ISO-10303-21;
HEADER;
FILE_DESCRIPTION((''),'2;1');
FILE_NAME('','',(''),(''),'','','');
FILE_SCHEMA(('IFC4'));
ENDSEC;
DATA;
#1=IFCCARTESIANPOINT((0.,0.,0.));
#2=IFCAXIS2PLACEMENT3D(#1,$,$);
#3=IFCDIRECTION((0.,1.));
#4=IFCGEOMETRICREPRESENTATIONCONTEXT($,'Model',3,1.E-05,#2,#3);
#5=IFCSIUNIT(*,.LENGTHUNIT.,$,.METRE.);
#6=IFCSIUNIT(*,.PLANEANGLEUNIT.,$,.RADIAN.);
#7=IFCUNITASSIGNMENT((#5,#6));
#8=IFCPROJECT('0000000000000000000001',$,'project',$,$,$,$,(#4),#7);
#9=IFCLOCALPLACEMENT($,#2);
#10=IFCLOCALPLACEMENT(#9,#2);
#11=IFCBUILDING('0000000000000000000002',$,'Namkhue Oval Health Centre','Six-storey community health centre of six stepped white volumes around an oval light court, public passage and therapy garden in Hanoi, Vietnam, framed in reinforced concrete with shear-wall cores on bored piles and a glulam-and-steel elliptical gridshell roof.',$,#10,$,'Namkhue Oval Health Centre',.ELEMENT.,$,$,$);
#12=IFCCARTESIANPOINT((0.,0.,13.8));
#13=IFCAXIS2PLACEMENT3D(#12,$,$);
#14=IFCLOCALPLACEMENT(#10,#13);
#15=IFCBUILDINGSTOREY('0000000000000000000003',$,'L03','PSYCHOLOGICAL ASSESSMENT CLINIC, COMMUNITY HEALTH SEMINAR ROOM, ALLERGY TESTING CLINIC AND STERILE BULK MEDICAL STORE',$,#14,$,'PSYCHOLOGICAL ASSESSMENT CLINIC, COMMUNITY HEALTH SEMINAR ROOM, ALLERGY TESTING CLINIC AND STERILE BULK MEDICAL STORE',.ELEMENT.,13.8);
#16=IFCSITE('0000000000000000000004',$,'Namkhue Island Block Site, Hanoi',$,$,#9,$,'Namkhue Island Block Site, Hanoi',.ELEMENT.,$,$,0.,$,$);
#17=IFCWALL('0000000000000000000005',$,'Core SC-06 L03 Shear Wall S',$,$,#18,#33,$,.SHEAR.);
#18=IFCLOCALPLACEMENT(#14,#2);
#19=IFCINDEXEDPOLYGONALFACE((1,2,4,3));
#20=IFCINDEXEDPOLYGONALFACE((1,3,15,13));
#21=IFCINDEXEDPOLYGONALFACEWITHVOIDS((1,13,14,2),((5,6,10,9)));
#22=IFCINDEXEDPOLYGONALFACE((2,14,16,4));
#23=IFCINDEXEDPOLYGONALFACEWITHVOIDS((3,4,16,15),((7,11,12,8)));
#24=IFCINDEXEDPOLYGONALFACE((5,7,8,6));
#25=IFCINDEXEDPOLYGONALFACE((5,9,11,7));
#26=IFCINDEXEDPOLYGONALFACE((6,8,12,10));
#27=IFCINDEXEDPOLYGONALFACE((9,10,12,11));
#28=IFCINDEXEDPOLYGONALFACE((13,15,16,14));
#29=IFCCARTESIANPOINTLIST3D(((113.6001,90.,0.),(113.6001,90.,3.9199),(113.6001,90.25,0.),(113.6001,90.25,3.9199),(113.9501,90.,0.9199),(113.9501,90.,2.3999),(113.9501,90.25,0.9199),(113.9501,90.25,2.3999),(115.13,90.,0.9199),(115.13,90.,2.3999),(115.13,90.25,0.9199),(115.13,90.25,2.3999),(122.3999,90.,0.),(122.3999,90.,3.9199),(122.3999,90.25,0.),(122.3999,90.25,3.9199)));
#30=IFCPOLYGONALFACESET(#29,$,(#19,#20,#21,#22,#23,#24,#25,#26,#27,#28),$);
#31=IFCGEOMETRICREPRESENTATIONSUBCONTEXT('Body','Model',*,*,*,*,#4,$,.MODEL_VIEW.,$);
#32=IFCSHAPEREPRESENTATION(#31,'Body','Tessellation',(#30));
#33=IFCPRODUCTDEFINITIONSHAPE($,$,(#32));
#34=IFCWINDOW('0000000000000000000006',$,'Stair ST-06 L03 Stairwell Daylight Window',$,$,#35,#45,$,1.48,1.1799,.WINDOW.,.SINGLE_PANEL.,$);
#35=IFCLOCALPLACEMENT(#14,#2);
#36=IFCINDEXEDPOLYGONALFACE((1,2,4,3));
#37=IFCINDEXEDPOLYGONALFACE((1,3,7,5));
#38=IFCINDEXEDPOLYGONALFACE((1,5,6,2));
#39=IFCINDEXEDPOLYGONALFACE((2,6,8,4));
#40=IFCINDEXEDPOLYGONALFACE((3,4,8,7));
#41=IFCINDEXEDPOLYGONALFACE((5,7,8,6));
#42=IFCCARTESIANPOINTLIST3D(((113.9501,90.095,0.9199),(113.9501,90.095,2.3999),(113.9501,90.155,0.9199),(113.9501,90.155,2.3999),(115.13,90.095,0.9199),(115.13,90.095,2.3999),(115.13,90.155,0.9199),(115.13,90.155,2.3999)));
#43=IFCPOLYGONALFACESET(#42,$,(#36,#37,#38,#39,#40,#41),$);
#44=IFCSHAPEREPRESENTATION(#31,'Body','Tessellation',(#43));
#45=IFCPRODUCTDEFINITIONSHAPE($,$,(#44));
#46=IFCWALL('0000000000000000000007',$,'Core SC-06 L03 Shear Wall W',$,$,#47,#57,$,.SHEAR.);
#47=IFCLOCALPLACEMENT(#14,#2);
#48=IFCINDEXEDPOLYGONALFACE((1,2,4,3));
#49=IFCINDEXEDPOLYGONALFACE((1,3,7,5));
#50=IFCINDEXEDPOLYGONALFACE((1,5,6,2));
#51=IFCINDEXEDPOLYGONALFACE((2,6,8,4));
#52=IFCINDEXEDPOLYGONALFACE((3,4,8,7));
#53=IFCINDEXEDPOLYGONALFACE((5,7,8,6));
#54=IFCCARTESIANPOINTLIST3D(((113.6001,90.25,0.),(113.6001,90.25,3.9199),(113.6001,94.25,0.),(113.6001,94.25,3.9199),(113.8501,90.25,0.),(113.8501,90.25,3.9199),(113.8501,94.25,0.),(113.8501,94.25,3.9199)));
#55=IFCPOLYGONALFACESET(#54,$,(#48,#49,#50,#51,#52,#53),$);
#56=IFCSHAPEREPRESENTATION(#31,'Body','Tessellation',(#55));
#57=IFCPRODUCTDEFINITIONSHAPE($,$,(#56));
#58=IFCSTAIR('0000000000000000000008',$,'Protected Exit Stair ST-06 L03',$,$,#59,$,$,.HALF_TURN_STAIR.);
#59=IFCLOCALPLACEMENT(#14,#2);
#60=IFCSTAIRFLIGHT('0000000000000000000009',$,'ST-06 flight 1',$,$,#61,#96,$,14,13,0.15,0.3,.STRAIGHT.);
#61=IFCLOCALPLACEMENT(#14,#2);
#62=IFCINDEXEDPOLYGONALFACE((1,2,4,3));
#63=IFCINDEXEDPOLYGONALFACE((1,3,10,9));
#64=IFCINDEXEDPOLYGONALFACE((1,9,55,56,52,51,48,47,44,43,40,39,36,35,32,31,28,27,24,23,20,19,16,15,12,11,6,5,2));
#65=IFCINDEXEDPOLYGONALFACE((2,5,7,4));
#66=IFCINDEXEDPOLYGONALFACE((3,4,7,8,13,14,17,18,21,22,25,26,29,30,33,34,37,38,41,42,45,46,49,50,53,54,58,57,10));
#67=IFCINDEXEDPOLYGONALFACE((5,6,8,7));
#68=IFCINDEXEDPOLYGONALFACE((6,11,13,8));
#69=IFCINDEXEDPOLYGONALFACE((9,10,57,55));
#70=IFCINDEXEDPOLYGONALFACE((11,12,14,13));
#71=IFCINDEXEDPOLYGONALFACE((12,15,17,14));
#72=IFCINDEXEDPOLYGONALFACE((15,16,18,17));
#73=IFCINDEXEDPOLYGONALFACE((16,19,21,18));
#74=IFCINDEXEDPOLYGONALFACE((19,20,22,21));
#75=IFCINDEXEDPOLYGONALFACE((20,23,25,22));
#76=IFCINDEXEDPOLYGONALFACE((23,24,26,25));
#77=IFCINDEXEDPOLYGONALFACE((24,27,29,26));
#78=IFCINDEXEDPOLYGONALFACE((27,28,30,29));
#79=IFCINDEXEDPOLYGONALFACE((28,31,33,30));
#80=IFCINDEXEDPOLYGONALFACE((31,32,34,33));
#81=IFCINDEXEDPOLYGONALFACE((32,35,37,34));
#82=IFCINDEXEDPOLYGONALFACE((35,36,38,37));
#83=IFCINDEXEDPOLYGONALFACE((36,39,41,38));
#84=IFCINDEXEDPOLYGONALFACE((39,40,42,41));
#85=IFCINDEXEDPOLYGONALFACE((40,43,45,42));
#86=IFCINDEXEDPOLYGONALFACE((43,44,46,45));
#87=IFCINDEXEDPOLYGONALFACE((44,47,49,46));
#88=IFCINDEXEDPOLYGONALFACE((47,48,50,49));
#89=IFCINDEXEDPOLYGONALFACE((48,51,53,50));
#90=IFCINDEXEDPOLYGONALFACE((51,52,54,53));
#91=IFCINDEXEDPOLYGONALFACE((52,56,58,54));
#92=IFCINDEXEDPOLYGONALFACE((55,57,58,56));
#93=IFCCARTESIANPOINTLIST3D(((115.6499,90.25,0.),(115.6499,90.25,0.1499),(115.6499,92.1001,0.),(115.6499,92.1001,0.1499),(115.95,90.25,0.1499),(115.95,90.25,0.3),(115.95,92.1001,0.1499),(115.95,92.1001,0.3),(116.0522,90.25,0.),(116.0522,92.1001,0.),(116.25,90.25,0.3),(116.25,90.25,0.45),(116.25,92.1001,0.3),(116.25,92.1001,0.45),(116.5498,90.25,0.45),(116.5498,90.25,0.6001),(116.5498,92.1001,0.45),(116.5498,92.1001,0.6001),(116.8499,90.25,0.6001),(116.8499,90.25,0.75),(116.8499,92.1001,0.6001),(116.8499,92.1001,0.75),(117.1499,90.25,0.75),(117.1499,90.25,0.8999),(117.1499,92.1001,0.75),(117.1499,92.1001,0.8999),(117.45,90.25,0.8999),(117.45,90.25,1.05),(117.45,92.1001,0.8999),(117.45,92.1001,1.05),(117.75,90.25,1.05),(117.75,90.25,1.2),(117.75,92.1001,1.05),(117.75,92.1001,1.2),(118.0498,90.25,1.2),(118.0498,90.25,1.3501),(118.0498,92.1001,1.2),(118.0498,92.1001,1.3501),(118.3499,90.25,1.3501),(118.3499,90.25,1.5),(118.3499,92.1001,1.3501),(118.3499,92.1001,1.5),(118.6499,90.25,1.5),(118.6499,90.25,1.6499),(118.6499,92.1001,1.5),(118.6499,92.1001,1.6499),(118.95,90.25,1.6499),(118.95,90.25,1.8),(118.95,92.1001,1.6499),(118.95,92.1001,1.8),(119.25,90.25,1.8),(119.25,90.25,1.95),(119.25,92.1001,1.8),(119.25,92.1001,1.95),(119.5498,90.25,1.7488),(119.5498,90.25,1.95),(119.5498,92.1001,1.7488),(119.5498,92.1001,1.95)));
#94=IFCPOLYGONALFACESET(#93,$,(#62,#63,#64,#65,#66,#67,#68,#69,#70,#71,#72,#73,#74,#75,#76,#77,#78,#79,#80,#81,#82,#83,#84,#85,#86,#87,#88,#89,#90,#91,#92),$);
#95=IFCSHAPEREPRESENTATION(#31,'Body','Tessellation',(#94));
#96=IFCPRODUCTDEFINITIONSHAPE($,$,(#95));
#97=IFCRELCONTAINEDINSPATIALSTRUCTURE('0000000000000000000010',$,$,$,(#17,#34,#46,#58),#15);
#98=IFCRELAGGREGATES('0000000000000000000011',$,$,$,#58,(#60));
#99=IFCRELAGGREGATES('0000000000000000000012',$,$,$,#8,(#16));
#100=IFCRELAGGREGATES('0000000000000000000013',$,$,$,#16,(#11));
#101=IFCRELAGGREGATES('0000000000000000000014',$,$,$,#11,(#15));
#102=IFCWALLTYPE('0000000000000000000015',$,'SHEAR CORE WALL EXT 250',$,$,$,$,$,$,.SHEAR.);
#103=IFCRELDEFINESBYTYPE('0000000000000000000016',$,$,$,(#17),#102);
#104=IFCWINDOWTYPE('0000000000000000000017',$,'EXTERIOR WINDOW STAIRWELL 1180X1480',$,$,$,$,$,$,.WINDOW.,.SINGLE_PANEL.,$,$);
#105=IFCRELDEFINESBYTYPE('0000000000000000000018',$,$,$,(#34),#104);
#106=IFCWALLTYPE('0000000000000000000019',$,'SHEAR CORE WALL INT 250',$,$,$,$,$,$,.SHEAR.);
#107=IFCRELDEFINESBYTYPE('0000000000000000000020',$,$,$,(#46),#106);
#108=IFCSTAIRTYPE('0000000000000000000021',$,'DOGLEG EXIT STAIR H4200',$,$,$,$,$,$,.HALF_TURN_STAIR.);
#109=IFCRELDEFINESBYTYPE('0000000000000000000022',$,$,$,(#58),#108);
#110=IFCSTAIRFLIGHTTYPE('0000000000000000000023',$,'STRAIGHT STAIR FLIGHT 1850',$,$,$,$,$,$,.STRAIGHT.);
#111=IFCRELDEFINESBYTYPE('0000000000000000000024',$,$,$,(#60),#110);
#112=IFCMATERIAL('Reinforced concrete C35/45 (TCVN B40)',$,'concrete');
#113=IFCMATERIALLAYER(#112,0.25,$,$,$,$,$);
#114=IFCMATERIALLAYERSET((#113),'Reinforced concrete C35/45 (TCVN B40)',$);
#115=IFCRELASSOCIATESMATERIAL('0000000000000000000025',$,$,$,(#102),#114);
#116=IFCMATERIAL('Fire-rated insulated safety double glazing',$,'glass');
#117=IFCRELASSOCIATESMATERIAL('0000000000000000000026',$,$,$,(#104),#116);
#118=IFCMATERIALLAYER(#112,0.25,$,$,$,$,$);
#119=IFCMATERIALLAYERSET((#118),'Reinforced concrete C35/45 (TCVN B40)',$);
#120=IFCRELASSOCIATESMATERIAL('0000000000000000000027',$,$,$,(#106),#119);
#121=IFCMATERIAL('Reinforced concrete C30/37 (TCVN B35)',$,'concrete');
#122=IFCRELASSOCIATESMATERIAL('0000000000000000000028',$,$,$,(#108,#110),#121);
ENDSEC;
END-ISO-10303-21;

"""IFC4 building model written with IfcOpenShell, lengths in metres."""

from ifc_helpers import new_model, si_unit, direction, frame, frame_2d, origin, place, context, subcontext, project, spatial, polyline, rectangle, outline, extrude, material, layer, layer_set, type_object, element, fill, aggregate, save


model = new_model("IFC4")

# Units and contexts
model_context = context("Model", 3, precision=1e-05, world=origin(), true_north=direction((0.0, 1.0)))
body_context = subcontext(model_context, "Body", "Model", "MODEL_VIEW")
ifc_project = project(units=[si_unit("LENGTHUNIT", "METRE"), si_unit("PLANEANGLEUNIT", "RADIAN")], contexts=[model_context])

# Site, building, storey
site_placement = place(None, origin())
site = spatial("IfcSite", under=ifc_project, at=site_placement, Name="Namkhue Island Block Site, Hanoi", LongName="Namkhue Island Block Site, Hanoi", CompositionType="ELEMENT", RefElevation=0.0)
building_placement = place(site_placement, origin())
building = spatial("IfcBuilding", under=site, at=building_placement, Name="Namkhue Oval Health Centre", Description="Six-storey community health centre of six stepped white volumes around an oval light court, public passage and therapy garden in Hanoi, Vietnam, framed in reinforced concrete with shear-wall cores on bored piles and a glulam-and-steel elliptical gridshell roof.", LongName="Namkhue Oval Health Centre", CompositionType="ELEMENT")
storey_placement = place(building_placement, frame((0.0, 0.0, 13.8)))
storey = spatial("IfcBuildingStorey", under=building, at=storey_placement, Name="L03", Description="PSYCHOLOGICAL ASSESSMENT CLINIC, COMMUNITY HEALTH SEMINAR ROOM, ALLERGY TESTING CLINIC AND STERILE BULK MEDICAL STORE", LongName="PSYCHOLOGICAL ASSESSMENT CLINIC, COMMUNITY HEALTH SEMINAR ROOM, ALLERGY TESTING CLINIC AND STERILE BULK MEDICAL STORE", CompositionType="ELEMENT", Elevation=13.8)

# Shared definitions
ifc_material_1 = material(Name="Reinforced concrete C35/45 (TCVN B40)", Category="concrete")

# Shared definitions
ifc_material_2 = material(Name="Reinforced concrete C30/37 (TCVN B35)", Category="concrete")

# Wall, opening, window
ifc_layer_1 = layer(ifc_material_1, 0.25)
ifc_layer_set_1 = layer_set([ifc_layer_1], Name="Reinforced concrete C35/45 (TCVN B40)")
wall_type_1 = type_object("IfcWallType", Name="SHEAR CORE WALL EXT 250", PredefinedType="SHEAR", material=ifc_layer_set_1)
wall_1_placement = place(storey_placement, frame((113.6001, 90.125, 0.0), z_axis=(0.0, 0.0, 1.0), x_axis=(1.0, 0.0, 0.0)))
wall_1 = element("IfcWall", 1, at=wall_1_placement, inside=storey, type_object=wall_type_1, Name="Core SC-06 L03 Shear Wall S", PredefinedType="SHEAR", context=body_context, shape_type="SweptSolid", body=[
    extrude(rectangle(XDim=8.7998, YDim=0.25, at=frame_2d((4.3999, 0.0))), origin(), (0.0, 0.0, 1.0), 3.9199),
])
opening_1_placement = place(wall_1_placement, frame((0.3501, 0.0, 0.9199)))
opening_1 = element("IfcOpeningElement", 2, at=opening_1_placement, cuts=wall_1, PredefinedType="OPENING", context=body_context, shape_type="SweptSolid", body=[
    extrude(rectangle(XDim=1.1799, YDim=1.48, at=frame_2d((0.5898, 0.74))), frame((0.0, 0.135, 0.0), z_axis=(0.0, -1.0, 0.0), x_axis=(1.0, 0.0, 0.0)), (0.0, 0.0, 1.0), 0.27),
])
ifc_material_3 = material(Name="Fire-rated insulated safety double glazing", Category="glass")
window_type_1 = type_object("IfcWindowType", Name="EXTERIOR WINDOW STAIRWELL 1180X1480", PartitioningType="SINGLE_PANEL", PredefinedType="WINDOW", material=ifc_material_3)
window_1_placement = place(opening_1_placement, origin())
window_1 = element("IfcWindow", 3, at=window_1_placement, inside=storey, type_object=window_type_1, Name="Stair ST-06 L03 Stairwell Daylight Window", OverallHeight=1.48, OverallWidth=1.1799, PartitioningType="SINGLE_PANEL", PredefinedType="WINDOW", context=body_context, shape_type="SweptSolid", body=[
    extrude(rectangle(XDim=1.1799, YDim=1.48, at=frame_2d((0.5898, 0.74))), frame((0.0, 0.03, 0.0), z_axis=(0.0, -1.0, 0.0), x_axis=(1.0, 0.0, 0.0)), (0.0, 0.0, 1.0), 0.0601),
])
fill(opening_1, window_1)

# Wall
ifc_layer_2 = layer(ifc_material_1, 0.25)
ifc_layer_set_2 = layer_set([ifc_layer_2], Name="Reinforced concrete C35/45 (TCVN B40)")
wall_type_2 = type_object("IfcWallType", Name="SHEAR CORE WALL INT 250", PredefinedType="SHEAR", material=ifc_layer_set_2)
wall_2_placement = place(storey_placement, frame((113.7251, 94.25, 0.0), z_axis=(0.0, 0.0, 1.0), x_axis=(0.0, -1.0, 0.0)))
element("IfcWall", 4, at=wall_2_placement, inside=storey, type_object=wall_type_2, Name="Core SC-06 L03 Shear Wall W", PredefinedType="SHEAR", context=body_context, shape_type="SweptSolid", body=[
    extrude(rectangle(XDim=4.0, YDim=0.25, at=frame_2d((2.0, 0.0))), origin(), (0.0, 0.0, 1.0), 3.9199),
])

# Stair, stair flight
stair_type = type_object("IfcStairType", Name="DOGLEG EXIT STAIR H4200", PredefinedType="HALF_TURN_STAIR", material=ifc_material_2)
stair_placement = place(storey_placement, origin())
stair = element("IfcStair", 5, at=stair_placement, inside=storey, type_object=stair_type, Name="Protected Exit Stair ST-06 L03", PredefinedType="HALF_TURN_STAIR")
stair_flight_type = type_object("IfcStairFlightType", Name="STRAIGHT STAIR FLIGHT 1850", PredefinedType="STRAIGHT", material=ifc_material_2)
stair_flight_placement = place(storey_placement, frame((115.6499, 91.175, 0.0), z_axis=(0.0, 0.0, 1.0), x_axis=(1.0, 0.0, 0.0)))
stair_flight = element("IfcStairFlight", 6, at=stair_flight_placement, type_object=stair_flight_type, Name="ST-06 flight 1", NumberOfRisers=14, NumberOfTreads=13, PredefinedType="STRAIGHT", RiserHeight=0.15, TreadLength=0.3, context=body_context, shape_type="SweptSolid", body=[
    extrude(outline(polyline([(0.0, 0.0), (0.0, 0.1499), (0.3, 0.1499), (0.3, 0.3), (0.6001, 0.3), (0.6001, 0.45), (0.8999, 0.45), (0.8999, 0.6001), (1.2, 0.6001), (1.2, 0.75), (1.5, 0.75), (1.5, 0.8999), (1.8, 0.8999), (1.8, 1.05), (2.1001, 1.05), (2.1001, 1.2), (2.3999, 1.2), (2.3999, 1.3501), (2.7, 1.3501), (2.7, 1.5), (3.0, 1.5), (3.0, 1.6499), (3.3, 1.6499), (3.3, 1.8), (3.6001, 1.8), (3.6001, 1.95), (3.8999, 1.95), (3.8999, 2.1001), (3.8999, 1.7488), (0.4023, 0.0), (0.0, 0.0)])), frame((0.0, 0.925, 0.0), z_axis=(0.0, -1.0, 0.0), x_axis=(1.0, 0.0, 0.0)), (0.0, 0.0, 1.0), 1.8501),
])
aggregate(stair, [stair_flight])

save(model, "model.ifc")
